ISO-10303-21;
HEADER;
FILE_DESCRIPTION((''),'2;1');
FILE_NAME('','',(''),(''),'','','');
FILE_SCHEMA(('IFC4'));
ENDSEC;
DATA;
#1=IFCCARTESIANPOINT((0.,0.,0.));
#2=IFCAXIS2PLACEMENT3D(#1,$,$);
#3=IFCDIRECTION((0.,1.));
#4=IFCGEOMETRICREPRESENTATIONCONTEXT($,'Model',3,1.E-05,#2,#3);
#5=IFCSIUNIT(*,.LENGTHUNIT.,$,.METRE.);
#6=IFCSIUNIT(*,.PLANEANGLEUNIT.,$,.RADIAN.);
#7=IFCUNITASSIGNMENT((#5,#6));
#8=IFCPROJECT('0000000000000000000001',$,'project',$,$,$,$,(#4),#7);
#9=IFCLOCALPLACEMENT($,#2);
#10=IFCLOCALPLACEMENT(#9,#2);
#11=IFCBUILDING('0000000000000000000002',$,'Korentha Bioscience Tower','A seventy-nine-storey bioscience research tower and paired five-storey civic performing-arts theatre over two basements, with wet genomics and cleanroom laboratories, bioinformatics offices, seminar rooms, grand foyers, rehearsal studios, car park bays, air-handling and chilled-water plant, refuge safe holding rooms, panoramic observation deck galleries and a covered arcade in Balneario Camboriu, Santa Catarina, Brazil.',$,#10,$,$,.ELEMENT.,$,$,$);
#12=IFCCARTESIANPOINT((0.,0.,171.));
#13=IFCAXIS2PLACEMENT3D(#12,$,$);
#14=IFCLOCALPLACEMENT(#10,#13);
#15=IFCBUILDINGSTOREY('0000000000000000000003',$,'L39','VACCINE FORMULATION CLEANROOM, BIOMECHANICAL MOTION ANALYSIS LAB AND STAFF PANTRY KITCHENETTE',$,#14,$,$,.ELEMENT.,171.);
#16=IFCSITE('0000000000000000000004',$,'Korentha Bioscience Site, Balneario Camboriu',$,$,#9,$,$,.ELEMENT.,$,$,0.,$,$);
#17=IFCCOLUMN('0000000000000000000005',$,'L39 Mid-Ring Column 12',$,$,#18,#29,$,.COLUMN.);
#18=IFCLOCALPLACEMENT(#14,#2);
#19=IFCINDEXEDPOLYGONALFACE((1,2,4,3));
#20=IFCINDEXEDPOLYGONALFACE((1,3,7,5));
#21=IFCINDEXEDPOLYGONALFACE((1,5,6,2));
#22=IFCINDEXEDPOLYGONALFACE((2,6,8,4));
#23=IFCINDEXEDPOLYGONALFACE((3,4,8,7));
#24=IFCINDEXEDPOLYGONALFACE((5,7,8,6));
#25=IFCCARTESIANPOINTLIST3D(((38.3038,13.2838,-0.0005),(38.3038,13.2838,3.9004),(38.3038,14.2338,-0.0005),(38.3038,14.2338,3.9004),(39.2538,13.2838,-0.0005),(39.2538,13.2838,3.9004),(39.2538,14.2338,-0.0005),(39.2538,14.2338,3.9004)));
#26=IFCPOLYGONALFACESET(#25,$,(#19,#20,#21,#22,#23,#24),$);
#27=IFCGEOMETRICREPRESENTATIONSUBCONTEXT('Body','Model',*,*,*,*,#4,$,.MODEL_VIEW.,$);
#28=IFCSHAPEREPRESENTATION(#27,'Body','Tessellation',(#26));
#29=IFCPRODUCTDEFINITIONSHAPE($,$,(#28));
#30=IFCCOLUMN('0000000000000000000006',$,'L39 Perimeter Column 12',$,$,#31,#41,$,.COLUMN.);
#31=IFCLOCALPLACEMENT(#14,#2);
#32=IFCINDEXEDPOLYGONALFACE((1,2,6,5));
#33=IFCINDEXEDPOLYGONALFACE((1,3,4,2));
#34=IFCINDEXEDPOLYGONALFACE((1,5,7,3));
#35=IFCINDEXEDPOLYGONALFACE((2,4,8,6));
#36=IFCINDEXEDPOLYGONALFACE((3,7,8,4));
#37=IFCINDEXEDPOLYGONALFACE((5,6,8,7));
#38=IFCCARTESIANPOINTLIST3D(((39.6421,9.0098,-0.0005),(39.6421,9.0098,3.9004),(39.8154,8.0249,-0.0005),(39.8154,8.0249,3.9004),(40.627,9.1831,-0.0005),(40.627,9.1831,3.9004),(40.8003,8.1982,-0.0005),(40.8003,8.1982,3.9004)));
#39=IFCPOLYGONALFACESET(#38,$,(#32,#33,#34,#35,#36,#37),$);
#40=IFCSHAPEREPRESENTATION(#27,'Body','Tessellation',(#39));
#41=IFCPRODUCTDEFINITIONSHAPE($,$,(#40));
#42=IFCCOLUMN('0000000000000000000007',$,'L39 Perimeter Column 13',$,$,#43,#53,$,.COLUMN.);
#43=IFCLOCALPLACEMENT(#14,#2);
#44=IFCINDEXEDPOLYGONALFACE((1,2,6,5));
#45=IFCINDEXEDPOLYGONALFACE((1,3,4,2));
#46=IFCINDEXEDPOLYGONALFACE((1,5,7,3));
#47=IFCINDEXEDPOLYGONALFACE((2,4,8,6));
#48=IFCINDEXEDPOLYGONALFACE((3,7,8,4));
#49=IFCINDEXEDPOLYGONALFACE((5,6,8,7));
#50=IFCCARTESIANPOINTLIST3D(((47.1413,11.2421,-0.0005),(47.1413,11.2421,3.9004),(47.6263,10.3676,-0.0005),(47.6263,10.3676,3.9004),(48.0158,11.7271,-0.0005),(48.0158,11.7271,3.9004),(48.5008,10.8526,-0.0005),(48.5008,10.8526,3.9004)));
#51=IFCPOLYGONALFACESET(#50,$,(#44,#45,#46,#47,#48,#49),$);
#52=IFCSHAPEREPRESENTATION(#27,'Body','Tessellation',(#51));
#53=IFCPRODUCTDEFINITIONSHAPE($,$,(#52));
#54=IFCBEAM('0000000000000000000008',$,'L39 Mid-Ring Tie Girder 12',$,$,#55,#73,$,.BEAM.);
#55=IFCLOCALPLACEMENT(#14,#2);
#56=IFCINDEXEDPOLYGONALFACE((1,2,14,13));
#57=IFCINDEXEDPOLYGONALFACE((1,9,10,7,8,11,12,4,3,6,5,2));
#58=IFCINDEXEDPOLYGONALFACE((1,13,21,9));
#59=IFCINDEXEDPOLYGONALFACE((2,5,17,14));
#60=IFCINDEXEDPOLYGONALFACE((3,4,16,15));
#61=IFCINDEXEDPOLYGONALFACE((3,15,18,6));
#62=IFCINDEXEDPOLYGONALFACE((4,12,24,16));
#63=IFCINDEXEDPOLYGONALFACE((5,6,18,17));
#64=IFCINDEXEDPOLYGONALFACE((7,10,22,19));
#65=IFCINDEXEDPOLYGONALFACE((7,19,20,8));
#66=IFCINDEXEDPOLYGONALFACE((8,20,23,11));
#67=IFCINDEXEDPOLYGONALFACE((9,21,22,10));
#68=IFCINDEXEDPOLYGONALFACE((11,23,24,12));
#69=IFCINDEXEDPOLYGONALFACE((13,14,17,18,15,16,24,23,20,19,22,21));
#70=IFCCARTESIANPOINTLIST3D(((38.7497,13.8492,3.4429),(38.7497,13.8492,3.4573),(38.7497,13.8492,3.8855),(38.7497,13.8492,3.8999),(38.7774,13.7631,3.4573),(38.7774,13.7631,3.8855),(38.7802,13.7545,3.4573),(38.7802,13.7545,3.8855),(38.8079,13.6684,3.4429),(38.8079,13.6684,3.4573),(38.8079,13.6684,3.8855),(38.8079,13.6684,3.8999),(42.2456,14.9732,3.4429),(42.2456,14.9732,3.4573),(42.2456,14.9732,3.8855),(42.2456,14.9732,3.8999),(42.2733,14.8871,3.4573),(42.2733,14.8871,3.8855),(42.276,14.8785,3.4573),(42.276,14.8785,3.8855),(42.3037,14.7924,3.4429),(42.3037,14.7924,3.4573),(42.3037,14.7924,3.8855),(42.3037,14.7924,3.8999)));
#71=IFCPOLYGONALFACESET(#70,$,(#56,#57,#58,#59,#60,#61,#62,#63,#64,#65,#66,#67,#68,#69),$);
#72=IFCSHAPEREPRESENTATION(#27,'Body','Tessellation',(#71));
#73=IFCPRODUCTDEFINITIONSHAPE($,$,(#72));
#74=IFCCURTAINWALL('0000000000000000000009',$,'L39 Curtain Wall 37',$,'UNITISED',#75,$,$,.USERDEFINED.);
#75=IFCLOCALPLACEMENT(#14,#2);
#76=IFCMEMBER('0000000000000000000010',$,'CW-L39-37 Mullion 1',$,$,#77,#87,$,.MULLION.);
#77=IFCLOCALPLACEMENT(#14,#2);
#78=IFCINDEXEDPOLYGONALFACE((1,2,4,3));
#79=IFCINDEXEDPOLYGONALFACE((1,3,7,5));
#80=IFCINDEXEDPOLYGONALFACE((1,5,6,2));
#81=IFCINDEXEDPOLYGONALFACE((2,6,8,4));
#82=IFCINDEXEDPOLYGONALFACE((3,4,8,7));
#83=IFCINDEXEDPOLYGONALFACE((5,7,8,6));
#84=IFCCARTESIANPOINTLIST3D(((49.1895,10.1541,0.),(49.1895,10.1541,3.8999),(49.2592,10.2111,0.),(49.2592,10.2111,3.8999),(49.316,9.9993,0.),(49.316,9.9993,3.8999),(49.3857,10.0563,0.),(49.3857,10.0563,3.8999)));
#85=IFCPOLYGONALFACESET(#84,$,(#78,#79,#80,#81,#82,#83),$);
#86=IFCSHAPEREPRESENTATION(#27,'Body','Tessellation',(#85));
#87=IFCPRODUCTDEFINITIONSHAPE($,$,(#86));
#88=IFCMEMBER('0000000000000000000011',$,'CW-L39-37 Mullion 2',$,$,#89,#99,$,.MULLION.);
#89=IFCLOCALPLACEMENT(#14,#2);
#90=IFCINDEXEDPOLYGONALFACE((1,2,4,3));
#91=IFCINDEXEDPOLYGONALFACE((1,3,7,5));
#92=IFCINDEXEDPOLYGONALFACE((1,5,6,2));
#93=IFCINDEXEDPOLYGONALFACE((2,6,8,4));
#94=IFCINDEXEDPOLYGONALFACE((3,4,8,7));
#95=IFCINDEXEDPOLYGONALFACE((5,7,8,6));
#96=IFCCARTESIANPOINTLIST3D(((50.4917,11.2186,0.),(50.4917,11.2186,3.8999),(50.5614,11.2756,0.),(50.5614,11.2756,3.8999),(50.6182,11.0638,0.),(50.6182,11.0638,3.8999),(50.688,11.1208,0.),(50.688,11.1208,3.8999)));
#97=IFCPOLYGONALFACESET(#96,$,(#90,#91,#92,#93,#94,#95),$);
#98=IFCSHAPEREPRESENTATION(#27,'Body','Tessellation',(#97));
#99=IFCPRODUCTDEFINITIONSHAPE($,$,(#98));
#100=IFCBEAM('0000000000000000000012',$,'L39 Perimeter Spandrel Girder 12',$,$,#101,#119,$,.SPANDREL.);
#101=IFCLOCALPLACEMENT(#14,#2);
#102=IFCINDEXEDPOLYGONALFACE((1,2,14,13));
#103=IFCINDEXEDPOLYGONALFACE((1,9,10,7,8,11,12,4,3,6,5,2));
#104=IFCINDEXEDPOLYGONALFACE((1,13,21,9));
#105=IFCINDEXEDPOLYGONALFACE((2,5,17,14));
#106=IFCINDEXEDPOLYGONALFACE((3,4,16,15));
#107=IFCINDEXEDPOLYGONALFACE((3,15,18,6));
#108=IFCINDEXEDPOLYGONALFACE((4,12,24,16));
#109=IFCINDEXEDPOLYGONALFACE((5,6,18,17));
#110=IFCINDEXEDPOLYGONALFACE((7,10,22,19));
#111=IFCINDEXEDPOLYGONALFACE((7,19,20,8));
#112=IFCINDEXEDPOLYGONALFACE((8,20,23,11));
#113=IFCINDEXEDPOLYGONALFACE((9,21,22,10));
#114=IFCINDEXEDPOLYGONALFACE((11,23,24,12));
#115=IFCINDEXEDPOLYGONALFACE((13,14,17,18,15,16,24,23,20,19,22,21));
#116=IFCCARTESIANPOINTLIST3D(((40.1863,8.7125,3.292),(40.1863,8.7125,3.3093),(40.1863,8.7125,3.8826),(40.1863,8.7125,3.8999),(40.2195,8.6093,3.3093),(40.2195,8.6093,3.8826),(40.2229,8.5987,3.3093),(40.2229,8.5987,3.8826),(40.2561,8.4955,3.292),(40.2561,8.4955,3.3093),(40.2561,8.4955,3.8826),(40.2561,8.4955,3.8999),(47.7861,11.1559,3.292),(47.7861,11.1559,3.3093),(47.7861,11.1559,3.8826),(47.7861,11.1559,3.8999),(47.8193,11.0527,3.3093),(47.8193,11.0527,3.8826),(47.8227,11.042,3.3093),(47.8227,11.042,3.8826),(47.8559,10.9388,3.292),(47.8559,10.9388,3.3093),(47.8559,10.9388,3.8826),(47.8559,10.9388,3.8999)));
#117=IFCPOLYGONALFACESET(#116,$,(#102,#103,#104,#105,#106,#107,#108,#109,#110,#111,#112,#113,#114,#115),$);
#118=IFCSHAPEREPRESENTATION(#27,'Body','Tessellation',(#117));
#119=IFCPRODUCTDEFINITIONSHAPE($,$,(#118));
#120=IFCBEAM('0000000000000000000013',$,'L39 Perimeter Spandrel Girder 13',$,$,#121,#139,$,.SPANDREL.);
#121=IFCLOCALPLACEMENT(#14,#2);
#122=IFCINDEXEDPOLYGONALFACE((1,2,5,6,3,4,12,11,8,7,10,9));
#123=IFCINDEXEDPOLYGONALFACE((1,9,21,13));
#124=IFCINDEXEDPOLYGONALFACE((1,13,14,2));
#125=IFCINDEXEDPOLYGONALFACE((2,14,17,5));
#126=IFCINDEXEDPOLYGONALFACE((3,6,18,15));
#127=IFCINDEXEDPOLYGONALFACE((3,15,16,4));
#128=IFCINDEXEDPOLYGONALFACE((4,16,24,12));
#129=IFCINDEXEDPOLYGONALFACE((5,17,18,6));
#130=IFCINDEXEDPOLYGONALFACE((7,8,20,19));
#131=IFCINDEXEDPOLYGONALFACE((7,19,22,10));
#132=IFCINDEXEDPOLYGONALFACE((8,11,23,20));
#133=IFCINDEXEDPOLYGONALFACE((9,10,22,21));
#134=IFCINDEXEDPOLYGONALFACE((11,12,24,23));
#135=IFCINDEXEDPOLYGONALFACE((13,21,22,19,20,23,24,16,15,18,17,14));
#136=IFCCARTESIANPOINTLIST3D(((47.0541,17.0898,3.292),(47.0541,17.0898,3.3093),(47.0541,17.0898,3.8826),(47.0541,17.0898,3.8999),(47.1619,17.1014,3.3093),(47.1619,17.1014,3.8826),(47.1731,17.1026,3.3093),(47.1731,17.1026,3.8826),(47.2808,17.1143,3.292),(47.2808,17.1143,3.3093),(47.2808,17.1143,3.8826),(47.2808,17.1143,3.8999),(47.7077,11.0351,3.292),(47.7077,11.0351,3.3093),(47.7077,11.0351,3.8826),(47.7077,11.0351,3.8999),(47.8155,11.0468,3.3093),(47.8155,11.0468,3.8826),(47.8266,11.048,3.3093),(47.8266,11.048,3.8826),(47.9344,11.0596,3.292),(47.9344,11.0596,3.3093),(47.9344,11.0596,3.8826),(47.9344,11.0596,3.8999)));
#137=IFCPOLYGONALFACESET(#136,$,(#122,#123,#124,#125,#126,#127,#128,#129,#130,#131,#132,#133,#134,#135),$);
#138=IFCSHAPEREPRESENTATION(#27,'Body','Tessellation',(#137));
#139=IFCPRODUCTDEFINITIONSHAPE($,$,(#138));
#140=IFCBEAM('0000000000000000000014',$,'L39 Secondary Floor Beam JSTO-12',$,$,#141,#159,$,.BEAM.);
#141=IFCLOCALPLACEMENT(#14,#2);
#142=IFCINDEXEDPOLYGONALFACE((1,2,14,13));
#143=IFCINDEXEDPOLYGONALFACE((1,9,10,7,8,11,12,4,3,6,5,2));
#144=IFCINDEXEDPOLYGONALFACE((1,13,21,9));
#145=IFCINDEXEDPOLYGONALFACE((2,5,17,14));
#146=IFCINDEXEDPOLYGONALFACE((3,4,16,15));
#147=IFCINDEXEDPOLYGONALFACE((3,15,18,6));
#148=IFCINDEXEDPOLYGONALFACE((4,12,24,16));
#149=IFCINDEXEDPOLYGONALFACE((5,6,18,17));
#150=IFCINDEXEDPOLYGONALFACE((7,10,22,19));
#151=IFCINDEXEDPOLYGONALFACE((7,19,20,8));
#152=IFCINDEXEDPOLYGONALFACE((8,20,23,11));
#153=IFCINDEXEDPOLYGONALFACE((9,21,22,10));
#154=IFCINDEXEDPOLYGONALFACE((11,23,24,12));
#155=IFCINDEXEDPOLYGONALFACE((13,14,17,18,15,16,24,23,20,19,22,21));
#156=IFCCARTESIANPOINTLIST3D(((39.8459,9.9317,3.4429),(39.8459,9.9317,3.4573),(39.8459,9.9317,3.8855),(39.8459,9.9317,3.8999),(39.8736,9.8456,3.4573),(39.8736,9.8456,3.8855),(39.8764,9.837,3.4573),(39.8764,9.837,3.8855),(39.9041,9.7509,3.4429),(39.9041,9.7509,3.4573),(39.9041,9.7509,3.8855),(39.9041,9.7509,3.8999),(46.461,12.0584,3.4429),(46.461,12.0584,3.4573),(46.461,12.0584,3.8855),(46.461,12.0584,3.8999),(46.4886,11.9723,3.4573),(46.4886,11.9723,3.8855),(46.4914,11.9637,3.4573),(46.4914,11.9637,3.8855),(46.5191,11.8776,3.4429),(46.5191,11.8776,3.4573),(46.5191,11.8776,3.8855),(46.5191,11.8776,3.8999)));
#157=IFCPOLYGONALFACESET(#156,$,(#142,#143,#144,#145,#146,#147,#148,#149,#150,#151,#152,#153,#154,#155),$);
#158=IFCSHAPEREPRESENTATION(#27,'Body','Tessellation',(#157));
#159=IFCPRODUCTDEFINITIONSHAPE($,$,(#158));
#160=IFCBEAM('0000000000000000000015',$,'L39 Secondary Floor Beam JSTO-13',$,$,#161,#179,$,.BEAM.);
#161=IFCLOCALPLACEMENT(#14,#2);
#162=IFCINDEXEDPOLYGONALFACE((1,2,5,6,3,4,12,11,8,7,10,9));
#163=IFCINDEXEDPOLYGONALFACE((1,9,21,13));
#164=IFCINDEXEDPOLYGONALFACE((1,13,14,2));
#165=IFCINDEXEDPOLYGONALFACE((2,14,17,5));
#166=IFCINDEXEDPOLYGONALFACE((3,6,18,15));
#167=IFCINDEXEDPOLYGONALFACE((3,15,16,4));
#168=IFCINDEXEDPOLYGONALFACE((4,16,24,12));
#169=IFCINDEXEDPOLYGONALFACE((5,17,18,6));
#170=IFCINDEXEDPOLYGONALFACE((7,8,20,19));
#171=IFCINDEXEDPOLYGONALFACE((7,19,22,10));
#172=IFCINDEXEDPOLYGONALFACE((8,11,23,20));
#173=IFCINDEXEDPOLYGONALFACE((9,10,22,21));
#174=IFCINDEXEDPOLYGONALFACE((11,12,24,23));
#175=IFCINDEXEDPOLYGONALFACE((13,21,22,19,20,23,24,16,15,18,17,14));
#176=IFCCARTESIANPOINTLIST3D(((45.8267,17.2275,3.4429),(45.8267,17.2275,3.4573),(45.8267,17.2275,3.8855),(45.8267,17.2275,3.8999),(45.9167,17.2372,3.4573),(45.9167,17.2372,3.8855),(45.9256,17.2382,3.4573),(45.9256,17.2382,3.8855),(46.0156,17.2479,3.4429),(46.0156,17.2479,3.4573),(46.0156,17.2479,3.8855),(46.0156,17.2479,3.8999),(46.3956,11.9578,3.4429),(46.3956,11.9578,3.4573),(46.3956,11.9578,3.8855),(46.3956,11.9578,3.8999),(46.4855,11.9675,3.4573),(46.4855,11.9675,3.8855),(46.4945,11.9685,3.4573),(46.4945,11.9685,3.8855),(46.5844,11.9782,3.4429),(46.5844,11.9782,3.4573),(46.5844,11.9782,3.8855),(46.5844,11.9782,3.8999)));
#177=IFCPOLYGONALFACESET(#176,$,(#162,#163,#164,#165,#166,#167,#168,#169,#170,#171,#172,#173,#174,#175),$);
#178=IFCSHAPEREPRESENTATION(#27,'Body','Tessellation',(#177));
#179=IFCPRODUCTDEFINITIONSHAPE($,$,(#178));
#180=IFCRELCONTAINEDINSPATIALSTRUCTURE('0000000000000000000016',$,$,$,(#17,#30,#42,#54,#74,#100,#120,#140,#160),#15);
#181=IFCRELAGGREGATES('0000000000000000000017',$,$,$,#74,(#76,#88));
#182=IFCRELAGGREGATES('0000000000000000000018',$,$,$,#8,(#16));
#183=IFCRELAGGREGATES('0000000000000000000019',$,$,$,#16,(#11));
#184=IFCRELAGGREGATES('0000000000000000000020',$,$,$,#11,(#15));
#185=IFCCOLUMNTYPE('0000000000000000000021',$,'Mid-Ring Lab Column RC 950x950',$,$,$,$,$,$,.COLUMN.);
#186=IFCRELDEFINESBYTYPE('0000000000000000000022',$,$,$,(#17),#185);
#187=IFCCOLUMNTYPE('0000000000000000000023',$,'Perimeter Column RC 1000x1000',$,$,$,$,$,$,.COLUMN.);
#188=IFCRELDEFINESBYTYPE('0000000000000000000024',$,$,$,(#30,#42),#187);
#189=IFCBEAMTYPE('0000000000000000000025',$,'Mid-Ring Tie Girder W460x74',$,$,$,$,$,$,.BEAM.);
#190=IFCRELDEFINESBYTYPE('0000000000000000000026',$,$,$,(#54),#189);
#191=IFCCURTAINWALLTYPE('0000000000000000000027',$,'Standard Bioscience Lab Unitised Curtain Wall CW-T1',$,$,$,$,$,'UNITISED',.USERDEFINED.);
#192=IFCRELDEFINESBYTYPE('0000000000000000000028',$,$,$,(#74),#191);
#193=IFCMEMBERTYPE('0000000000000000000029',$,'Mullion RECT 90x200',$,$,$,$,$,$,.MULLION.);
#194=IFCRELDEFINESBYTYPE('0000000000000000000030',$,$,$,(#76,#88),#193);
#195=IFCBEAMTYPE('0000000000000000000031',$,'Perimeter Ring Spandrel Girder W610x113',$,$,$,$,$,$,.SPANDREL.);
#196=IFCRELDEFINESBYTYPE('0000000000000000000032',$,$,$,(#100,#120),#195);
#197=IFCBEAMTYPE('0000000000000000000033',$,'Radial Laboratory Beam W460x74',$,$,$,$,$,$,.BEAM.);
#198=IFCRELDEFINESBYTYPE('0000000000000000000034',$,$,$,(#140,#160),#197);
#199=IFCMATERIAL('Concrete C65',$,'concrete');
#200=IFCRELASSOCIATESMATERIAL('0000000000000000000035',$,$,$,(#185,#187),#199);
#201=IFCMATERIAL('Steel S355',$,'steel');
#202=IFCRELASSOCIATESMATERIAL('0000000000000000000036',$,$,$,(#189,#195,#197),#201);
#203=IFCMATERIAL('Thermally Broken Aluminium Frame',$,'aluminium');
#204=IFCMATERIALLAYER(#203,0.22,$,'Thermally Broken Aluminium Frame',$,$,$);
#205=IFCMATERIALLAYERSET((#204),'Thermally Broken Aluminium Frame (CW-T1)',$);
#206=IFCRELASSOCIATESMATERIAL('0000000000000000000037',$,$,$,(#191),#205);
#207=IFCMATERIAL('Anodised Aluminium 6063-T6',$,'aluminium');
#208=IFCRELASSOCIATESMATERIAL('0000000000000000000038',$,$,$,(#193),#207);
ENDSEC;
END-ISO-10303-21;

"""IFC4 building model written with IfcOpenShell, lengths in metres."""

from ifc_helpers import new_model, si_unit, direction, frame, origin, origin_2d, place, context, subcontext, project, spatial, rectangle, i_section, extrude, material, layer, layer_set, material_profile, profile_set, type_object, element, aggregate, save


model = new_model("IFC4")

# Units and contexts
model_context = context("Model", 3, precision=1e-05, world=origin(), true_north=direction((0.0, 1.0)))
body_context = subcontext(model_context, "Body", "Model", "MODEL_VIEW")
ifc_project = project(units=[si_unit("LENGTHUNIT", "METRE"), si_unit("PLANEANGLEUNIT", "RADIAN")], contexts=[model_context])

# Site, building, storey
site_placement = place(None, origin())
site = spatial("IfcSite", under=ifc_project, at=site_placement, Name="Korentha Bioscience Site, Balneario Camboriu", CompositionType="ELEMENT", RefElevation=0.0)
building_placement = place(site_placement, origin())
building = spatial("IfcBuilding", under=site, at=building_placement, Name="Korentha Bioscience Tower", Description="A seventy-nine-storey bioscience research tower and paired five-storey civic performing-arts theatre over two basements, with wet genomics and cleanroom laboratories, bioinformatics offices, seminar rooms, grand foyers, rehearsal studios, car park bays, air-handling and chilled-water plant, refuge safe holding rooms, panoramic observation deck galleries and a covered arcade in Balneario Camboriu, Santa Catarina, Brazil.", CompositionType="ELEMENT")
storey_placement = place(building_placement, frame((0.0, 0.0, 171.0)))
storey = spatial("IfcBuildingStorey", under=building, at=storey_placement, Name="L39", Description="VACCINE FORMULATION CLEANROOM, BIOMECHANICAL MOTION ANALYSIS LAB AND STAFF PANTRY KITCHENETTE", CompositionType="ELEMENT", Elevation=171.0)

# Columns
ifc_material_1 = material(Name="Concrete C65", Category="concrete")
ifc_material_profile_1 = material_profile(ifc_material_1, rectangle(XDim=0.95, YDim=0.95, at=origin_2d()), Name="Concrete C65")
ifc_profile_set_1 = profile_set([ifc_material_profile_1], Name="Concrete C65 (COL-MR09)")
column_type_1 = type_object("IfcColumnType", Name="Mid-Ring Lab Column RC 950x950", PredefinedType="COLUMN", material=ifc_profile_set_1)
column_placement = place(storey_placement, frame((38.7788, 13.7588, -0.0005), z_axis=(0.0, 0.0, 1.0), x_axis=(1.0, 0.0, 0.0)))
element("IfcColumn", 1, at=column_placement, inside=storey, type_object=column_type_1, Name="L39 Mid-Ring Column 12", PredefinedType="COLUMN", context=body_context, shape_type="SweptSolid", body=[
    extrude(rectangle(XDim=0.95, YDim=0.95, at=origin_2d()), origin(), (0.0, 0.0, 1.0), 3.9009),
])
ifc_material_profile_2 = material_profile(ifc_material_1, rectangle(XDim=1.0, YDim=1.0, at=origin_2d()), Name="Concrete C65")
ifc_profile_set_2 = profile_set([ifc_material_profile_2], Name="Concrete C65 (COL-P10)")
column_type_2 = type_object("IfcColumnType", Name="Perimeter Column RC 1000x1000", PredefinedType="COLUMN", material=ifc_profile_set_2)
for number, where, z_axis, x_axis, name in (
    (2, (40.2212, 8.604, -0.0005), (0.0, 0.0, 1.0), (0.984868, 0.173304, 0.0), "L39 Perimeter Column 12"),
    (3, (47.821, 11.0474, -0.0005), (0.0, 0.0, 1.0), (0.874535, 0.484962, 0.0), "L39 Perimeter Column 13"),
):
    element("IfcColumn", number, at=place(storey_placement, frame(where, z_axis=z_axis, x_axis=x_axis)), inside=storey, type_object=column_type_2, Name=name, PredefinedType="COLUMN", context=body_context, shape_type="SweptSolid", body=[
        extrude(rectangle(XDim=1.0, YDim=1.0, at=origin_2d()), origin(), (0.0, 0.0, 1.0), 3.9009),
    ])

# Beam
ifc_material_2 = material(Name="Steel S355", Category="steel")
ifc_material_profile_3 = material_profile(ifc_material_2, i_section(OverallWidth=0.1899, OverallDepth=0.457, WebThickness=0.009, FlangeThickness=0.0144, at=origin_2d()), Name="Steel S355")
ifc_profile_set_3 = profile_set([ifc_material_profile_3], Name="Steel S355 (MB-460)")
beam_type_1 = type_object("IfcBeamType", Name="Mid-Ring Tie Girder W460x74", PredefinedType="BEAM", material=ifc_profile_set_3)
beam_1_placement = place(storey_placement, frame((38.7788, 13.7588, 3.6714), z_axis=(0.952, 0.306097, 0.0), x_axis=(-0.306097, 0.952, 0.0)))
element("IfcBeam", 4, at=beam_1_placement, inside=storey, type_object=beam_type_1, Name="L39 Mid-Ring Tie Girder 12", PredefinedType="BEAM", context=body_context, shape_type="SweptSolid", body=[
    extrude(i_section(OverallWidth=0.1899, OverallDepth=0.457, WebThickness=0.009, FlangeThickness=0.0144, at=origin_2d()), origin(), (0.0, 0.0, 1.0), 3.6721),
])

# Curtain wall, members
ifc_material_3 = material(Name="Thermally Broken Aluminium Frame", Category="aluminium")
ifc_layer_1 = layer(ifc_material_3, 0.22, Name="Thermally Broken Aluminium Frame")
ifc_layer_set_1 = layer_set([ifc_layer_1], Name="Thermally Broken Aluminium Frame (CW-T1)")
curtain_wall_type = type_object("IfcCurtainWallType", Name="Standard Bioscience Lab Unitised Curtain Wall CW-T1", ElementType="UNITISED", PredefinedType="USERDEFINED", material=ifc_layer_set_1)
curtain_wall_placement = place(storey_placement, origin())
curtain_wall = element("IfcCurtainWall", 5, at=curtain_wall_placement, inside=storey, type_object=curtain_wall_type, Name="L39 Curtain Wall 37", ObjectType="UNITISED", PredefinedType="USERDEFINED")
ifc_material_4 = material(Name="Anodised Aluminium 6063-T6", Category="aluminium")
ifc_material_profile_4 = material_profile(ifc_material_4, rectangle(XDim=0.0901, YDim=0.2, at=origin_2d()), Name="Anodised Aluminium 6063-T6")
ifc_profile_set_4 = profile_set([ifc_material_profile_4], Name="Anodised Aluminium 6063-T6 (CW-MUL)")
member_type_1 = type_object("IfcMemberType", Name="Mullion RECT 90x200", PredefinedType="MULLION", material=ifc_profile_set_4)
member_1_placement = place(storey_placement, frame((49.2876, 10.1052, 0.0), z_axis=(0.0, 0.0, 1.0), x_axis=(0.774256, 0.632872, 0.0)))
member_1 = element("IfcMember", 6, at=member_1_placement, type_object=member_type_1, Name="CW-L39-37 Mullion 1", PredefinedType="MULLION", context=body_context, shape_type="SweptSolid", body=[
    extrude(rectangle(XDim=0.0901, YDim=0.2, at=origin_2d()), origin(), (0.0, 0.0, 1.0), 3.8999),
])
member_2_placement = place(storey_placement, frame((50.5898, 11.1697, 0.0), z_axis=(0.0, 0.0, 1.0), x_axis=(0.774256, 0.632872, 0.0)))
member_2 = element("IfcMember", 7, at=member_2_placement, type_object=member_type_1, Name="CW-L39-37 Mullion 2", PredefinedType="MULLION", context=body_context, shape_type="SweptSolid", body=[
    extrude(rectangle(XDim=0.0901, YDim=0.2, at=origin_2d()), origin(), (0.0, 0.0, 1.0), 3.8999),
])

# Beams
ifc_material_profile_5 = material_profile(ifc_material_2, i_section(OverallWidth=0.228, OverallDepth=0.6079, WebThickness=0.0112, FlangeThickness=0.0173, at=origin_2d()), Name="Steel S355")
ifc_profile_set_5 = profile_set([ifc_material_profile_5], Name="Steel S355 (SB-610)")
beam_type_2 = type_object("IfcBeamType", Name="Perimeter Ring Spandrel Girder W610x113", PredefinedType="SPANDREL", material=ifc_profile_set_5)
beam_2_placement = place(storey_placement, frame((40.2212, 8.604, 3.5959), z_axis=(0.952009, 0.306072, 0.0), x_axis=(-0.306072, 0.952009, 0.0)))
element("IfcBeam", 8, at=beam_2_placement, inside=storey, type_object=beam_type_2, Name="L39 Perimeter Spandrel Girder 12", PredefinedType="SPANDREL", context=body_context, shape_type="SweptSolid", body=[
    extrude(i_section(OverallWidth=0.228, OverallDepth=0.6079, WebThickness=0.0112, FlangeThickness=0.0173, at=origin_2d()), origin(), (0.0, 0.0, 1.0), 7.9829),
])
beam_3_placement = place(storey_placement, frame((47.821, 11.0474, 3.5959), z_axis=(-0.10732, 0.994225, 0.0), x_axis=(-0.994225, -0.10732, 0.0)))
element("IfcBeam", 9, at=beam_3_placement, inside=storey, type_object=beam_type_2, Name="L39 Perimeter Spandrel Girder 13", PredefinedType="SPANDREL", context=body_context, shape_type="SweptSolid", body=[
    extrude(i_section(OverallWidth=0.228, OverallDepth=0.6079, WebThickness=0.0112, FlangeThickness=0.0173, at=origin_2d()), origin(), (0.0, 0.0, 1.0), 6.0898),
])
ifc_material_profile_6 = material_profile(ifc_material_2, i_section(OverallWidth=0.1899, OverallDepth=0.457, WebThickness=0.009, FlangeThickness=0.0144, at=origin_2d()), Name="Steel S355")
ifc_profile_set_6 = profile_set([ifc_material_profile_6], Name="Steel S355 (RB-460)")
beam_type_3 = type_object("IfcBeamType", Name="Radial Laboratory Beam W460x74", PredefinedType="BEAM", material=ifc_profile_set_6)
beam_4_placement = place(storey_placement, frame((39.875, 9.8413, 3.6714), z_axis=(0.952009, 0.306069, 0.0), x_axis=(-0.306069, 0.952009, 0.0)))
element("IfcBeam", 10, at=beam_4_placement, inside=storey, type_object=beam_type_3, Name="L39 Secondary Floor Beam JSTO-12", PredefinedType="BEAM", context=body_context, shape_type="SweptSolid", body=[
    extrude(i_section(OverallWidth=0.1899, OverallDepth=0.457, WebThickness=0.009, FlangeThickness=0.0144, at=origin_2d()), origin(), (0.0, 0.0, 1.0), 6.9485),
])
beam_5_placement = place(storey_placement, frame((46.49, 11.968, 3.6714), z_axis=(-0.107322, 0.994224, 0.0), x_axis=(-0.994224, -0.107322, 0.0)))
element("IfcBeam", 11, at=beam_5_placement, inside=storey, type_object=beam_type_3, Name="L39 Secondary Floor Beam JSTO-13", PredefinedType="BEAM", context=body_context, shape_type="SweptSolid", body=[
    extrude(i_section(OverallWidth=0.1899, OverallDepth=0.457, WebThickness=0.009, FlangeThickness=0.0144, at=origin_2d()), origin(), (0.0, 0.0, 1.0), 5.3003),
])

aggregate(curtain_wall, [member_1, member_2])

save(model, "model.ifc")
